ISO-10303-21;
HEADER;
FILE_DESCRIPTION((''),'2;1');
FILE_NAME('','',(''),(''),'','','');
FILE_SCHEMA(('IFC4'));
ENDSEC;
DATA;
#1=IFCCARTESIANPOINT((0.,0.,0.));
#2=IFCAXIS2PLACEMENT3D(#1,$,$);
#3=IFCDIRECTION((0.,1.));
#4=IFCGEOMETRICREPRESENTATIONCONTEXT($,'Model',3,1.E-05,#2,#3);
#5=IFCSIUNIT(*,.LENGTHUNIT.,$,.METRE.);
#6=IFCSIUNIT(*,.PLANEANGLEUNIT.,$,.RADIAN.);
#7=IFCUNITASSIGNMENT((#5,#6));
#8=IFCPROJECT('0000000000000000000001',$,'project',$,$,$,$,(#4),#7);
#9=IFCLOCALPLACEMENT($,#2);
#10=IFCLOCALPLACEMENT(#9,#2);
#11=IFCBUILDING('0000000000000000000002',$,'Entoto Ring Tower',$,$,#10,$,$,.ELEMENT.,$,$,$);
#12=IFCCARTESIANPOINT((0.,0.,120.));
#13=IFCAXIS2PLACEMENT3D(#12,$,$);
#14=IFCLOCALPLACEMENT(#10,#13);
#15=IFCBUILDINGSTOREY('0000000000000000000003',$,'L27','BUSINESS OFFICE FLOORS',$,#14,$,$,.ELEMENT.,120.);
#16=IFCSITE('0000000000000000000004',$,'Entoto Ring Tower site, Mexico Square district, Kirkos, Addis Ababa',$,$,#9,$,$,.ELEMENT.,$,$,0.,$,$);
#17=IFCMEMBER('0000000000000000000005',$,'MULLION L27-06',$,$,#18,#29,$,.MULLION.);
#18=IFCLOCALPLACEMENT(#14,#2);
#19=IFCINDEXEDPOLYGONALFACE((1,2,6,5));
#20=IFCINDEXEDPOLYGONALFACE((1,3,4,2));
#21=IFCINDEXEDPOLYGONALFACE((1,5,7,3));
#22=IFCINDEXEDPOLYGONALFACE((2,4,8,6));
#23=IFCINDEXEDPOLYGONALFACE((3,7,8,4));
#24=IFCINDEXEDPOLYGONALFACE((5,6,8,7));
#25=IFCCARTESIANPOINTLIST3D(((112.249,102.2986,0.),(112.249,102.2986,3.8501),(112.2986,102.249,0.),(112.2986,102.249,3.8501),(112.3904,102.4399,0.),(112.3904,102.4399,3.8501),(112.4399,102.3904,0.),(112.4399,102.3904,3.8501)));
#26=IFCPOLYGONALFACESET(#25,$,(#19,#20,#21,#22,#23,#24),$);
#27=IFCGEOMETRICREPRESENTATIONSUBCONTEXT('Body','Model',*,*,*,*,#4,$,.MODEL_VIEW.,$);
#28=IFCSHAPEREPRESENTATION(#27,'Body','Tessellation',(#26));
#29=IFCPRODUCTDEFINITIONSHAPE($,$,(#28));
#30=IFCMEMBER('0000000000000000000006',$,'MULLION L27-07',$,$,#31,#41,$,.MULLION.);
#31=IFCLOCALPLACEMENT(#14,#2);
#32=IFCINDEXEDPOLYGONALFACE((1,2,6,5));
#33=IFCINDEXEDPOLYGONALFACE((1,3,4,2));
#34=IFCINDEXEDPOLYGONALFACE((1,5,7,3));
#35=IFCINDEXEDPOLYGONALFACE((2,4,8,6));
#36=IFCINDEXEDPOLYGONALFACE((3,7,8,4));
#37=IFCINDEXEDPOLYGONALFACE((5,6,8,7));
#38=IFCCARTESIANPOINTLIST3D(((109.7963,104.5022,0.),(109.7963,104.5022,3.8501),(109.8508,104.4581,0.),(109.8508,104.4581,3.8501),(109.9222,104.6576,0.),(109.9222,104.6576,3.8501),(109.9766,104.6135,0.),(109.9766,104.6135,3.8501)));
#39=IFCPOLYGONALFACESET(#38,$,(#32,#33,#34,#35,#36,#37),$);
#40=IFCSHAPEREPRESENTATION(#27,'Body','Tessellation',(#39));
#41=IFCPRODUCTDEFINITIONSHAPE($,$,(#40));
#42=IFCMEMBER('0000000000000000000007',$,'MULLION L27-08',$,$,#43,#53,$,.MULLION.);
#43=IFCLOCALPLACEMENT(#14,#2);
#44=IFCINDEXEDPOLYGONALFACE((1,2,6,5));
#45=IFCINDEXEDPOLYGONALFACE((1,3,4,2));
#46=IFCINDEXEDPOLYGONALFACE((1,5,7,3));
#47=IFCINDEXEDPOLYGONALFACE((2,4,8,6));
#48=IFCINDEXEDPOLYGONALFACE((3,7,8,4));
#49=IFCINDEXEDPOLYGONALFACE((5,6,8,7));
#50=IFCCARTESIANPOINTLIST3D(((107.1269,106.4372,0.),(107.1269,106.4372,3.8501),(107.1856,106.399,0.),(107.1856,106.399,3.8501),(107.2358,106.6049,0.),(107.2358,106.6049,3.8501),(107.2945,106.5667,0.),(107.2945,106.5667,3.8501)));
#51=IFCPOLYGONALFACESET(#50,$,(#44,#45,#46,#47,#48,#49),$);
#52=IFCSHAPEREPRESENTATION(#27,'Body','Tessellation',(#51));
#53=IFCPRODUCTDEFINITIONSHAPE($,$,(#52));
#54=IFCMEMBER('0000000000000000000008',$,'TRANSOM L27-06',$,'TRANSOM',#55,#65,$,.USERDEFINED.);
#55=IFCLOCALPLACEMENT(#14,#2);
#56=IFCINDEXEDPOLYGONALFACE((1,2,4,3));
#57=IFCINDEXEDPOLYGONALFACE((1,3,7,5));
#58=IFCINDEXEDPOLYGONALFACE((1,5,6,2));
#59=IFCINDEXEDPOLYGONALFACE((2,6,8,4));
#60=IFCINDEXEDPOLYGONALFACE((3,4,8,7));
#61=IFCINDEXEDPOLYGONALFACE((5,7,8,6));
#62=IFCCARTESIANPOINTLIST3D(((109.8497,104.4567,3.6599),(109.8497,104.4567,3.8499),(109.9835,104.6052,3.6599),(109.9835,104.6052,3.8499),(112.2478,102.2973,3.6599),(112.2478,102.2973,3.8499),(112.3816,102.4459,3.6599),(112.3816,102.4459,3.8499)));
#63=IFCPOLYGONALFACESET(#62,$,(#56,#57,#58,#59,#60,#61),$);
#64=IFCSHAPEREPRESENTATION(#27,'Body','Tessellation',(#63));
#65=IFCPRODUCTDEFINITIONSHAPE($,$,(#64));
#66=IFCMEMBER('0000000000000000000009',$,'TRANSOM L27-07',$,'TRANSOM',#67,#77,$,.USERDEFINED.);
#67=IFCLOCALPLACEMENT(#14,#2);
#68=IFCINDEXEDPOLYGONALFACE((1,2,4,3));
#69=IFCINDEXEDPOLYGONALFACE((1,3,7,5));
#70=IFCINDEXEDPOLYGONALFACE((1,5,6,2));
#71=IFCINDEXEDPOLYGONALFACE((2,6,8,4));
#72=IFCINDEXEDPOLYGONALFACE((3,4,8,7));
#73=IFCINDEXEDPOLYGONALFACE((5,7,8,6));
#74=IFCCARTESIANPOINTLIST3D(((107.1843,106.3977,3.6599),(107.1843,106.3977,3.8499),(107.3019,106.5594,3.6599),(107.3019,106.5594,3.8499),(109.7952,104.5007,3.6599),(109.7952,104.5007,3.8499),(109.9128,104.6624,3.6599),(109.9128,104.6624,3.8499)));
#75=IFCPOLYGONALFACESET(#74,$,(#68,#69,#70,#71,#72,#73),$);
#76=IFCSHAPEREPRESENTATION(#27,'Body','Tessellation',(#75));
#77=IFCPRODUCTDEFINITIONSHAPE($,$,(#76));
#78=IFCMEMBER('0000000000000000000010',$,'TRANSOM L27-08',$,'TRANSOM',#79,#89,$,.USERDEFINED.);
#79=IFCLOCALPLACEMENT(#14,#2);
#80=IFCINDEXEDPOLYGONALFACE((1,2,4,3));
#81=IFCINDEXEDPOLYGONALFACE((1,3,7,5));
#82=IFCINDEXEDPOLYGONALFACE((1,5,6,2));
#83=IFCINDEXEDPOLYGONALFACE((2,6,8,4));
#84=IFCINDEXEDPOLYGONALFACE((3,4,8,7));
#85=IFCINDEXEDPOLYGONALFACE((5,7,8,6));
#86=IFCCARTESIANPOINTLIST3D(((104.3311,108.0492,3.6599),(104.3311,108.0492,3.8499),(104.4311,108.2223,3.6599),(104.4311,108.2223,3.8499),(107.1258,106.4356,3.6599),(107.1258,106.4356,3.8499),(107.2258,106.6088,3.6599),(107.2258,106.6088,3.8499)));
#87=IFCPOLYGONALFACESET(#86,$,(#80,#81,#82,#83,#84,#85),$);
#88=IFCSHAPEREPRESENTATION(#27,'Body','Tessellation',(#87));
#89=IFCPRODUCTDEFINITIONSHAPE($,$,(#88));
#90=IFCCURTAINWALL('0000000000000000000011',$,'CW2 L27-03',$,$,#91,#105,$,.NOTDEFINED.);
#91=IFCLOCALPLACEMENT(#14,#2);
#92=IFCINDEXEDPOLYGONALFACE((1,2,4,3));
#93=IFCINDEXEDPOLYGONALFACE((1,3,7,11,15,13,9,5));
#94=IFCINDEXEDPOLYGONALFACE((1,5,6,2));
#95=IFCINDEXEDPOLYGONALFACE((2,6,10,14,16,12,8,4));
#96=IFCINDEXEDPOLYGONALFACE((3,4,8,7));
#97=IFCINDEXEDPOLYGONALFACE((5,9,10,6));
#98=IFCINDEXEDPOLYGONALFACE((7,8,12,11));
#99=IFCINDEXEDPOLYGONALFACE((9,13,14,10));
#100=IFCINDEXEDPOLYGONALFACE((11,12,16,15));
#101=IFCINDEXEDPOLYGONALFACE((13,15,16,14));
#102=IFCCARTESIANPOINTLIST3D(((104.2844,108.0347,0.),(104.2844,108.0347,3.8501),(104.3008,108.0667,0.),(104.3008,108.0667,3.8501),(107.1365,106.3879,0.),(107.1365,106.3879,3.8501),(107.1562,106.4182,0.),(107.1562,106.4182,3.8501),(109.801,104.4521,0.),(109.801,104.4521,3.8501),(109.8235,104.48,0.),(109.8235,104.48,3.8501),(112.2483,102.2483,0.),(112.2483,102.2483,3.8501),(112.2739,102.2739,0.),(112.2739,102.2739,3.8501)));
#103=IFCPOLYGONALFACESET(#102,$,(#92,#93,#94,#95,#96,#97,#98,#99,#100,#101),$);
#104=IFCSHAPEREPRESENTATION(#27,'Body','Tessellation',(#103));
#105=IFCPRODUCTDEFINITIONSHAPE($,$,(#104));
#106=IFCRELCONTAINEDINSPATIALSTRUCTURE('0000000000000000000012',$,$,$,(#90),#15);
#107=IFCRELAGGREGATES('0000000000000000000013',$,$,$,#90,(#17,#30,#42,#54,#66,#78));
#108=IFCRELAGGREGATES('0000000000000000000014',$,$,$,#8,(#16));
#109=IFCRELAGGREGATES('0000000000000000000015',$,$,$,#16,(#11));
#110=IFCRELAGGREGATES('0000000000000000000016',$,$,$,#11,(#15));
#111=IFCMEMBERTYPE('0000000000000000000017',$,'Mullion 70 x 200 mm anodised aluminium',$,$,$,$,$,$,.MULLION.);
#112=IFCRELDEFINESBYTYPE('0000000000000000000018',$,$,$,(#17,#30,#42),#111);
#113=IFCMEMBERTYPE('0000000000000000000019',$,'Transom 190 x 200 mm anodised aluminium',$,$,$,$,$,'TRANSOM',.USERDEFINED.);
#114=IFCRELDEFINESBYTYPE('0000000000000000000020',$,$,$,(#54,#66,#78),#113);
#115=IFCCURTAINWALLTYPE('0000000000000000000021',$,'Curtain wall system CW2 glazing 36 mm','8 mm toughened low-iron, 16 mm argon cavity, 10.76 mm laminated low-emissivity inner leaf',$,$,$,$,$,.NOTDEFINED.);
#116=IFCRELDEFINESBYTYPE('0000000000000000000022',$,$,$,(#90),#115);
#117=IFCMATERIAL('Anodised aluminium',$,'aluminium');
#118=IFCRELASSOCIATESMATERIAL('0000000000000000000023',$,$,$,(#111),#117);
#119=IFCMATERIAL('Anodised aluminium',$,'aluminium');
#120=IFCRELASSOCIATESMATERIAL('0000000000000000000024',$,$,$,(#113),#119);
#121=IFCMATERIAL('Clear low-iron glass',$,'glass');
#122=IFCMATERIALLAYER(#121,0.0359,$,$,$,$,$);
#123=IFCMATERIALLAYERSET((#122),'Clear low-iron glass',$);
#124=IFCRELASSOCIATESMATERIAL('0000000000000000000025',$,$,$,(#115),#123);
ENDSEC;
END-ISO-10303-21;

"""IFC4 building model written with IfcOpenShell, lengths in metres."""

from ifc_helpers import new_model, si_unit, direction, frame, origin, origin_2d, place, context, subcontext, project, spatial, polyline, rectangle, outline, extrude, material, layer, layer_set, material_profile, profile_set, type_object, element, aggregate, save


model = new_model("IFC4")

# Units and contexts
model_context = context("Model", 3, precision=1e-05, world=origin(), true_north=direction((0.0, 1.0)))
body_context = subcontext(model_context, "Body", "Model", "MODEL_VIEW")
ifc_project = project(units=[si_unit("LENGTHUNIT", "METRE"), si_unit("PLANEANGLEUNIT", "RADIAN")], contexts=[model_context])

# Members
ifc_material_1 = material(Name="Anodised aluminium", Category="aluminium")
ifc_material_profile_1 = material_profile(ifc_material_1, rectangle(XDim=0.0701, YDim=0.2, at=origin_2d()), Name="Mullion 70 x 200 mm anodised aluminium")
ifc_profile_set_1 = profile_set([ifc_material_profile_1], Name="Anodised aluminium")
member_type_1 = type_object("IfcMemberType", Name="Mullion 70 x 200 mm anodised aluminium", PredefinedType="MULLION", material=ifc_profile_set_1)
site_placement = place(None, origin())
building_placement = place(site_placement, origin())
storey_placement = place(building_placement, frame((0.0, 0.0, 120.0)))
member_1_placement = place(storey_placement, frame((112.3445, 102.3445, 0.0), z_axis=(0.0, 0.0, 1.0), x_axis=(-0.707107, 0.707107, 0.0)))
member_1 = element("IfcMember", 1, at=member_1_placement, type_object=member_type_1, Name="MULLION L27-06", PredefinedType="MULLION", context=body_context, shape_type="SweptSolid", body=[
    extrude(rectangle(XDim=0.0701, YDim=0.2, at=origin_2d()), origin(), (0.0, 0.0, 1.0), 3.8501),
])
member_2_placement = place(storey_placement, frame((109.8865, 104.5579, 0.0), z_axis=(0.0, 0.0, 1.0), x_axis=(-0.777146, 0.62932, 0.0)))
member_2 = element("IfcMember", 2, at=member_2_placement, type_object=member_type_1, Name="MULLION L27-07", PredefinedType="MULLION", context=body_context, shape_type="SweptSolid", body=[
    extrude(rectangle(XDim=0.0701, YDim=0.2, at=origin_2d()), origin(), (0.0, 0.0, 1.0), 3.8501),
])
member_3_placement = place(storey_placement, frame((107.2107, 106.502, 0.0), z_axis=(0.0, 0.0, 1.0), x_axis=(-0.838671, 0.544639, 0.0)))
member_3 = element("IfcMember", 3, at=member_3_placement, type_object=member_type_1, Name="MULLION L27-08", PredefinedType="MULLION", context=body_context, shape_type="SweptSolid", body=[
    extrude(rectangle(XDim=0.0701, YDim=0.2, at=origin_2d()), origin(), (0.0, 0.0, 1.0), 3.8501),
])
ifc_material_2 = material(Name="Anodised aluminium", Category="aluminium")
ifc_material_profile_2 = material_profile(ifc_material_2, rectangle(XDim=0.2, YDim=0.1899, at=origin_2d()), Name="Transom 190 x 200 mm anodised aluminium")
ifc_profile_set_2 = profile_set([ifc_material_profile_2], Name="Anodised aluminium")
member_type_2 = type_object("IfcMemberType", Name="Transom 190 x 200 mm anodised aluminium", ElementType="TRANSOM", PredefinedType="USERDEFINED", material=ifc_profile_set_2)
member_4_placement = place(storey_placement, frame((112.3147, 102.3716, 3.7549), z_axis=(-0.743132, 0.669144, 0.0), x_axis=(-0.669144, -0.743132, 0.0)))
member_4 = element("IfcMember", 4, at=member_4_placement, type_object=member_type_2, Name="TRANSOM L27-06", ObjectType="TRANSOM", PredefinedType="USERDEFINED", context=body_context, shape_type="SweptSolid", body=[
    extrude(rectangle(XDim=0.2, YDim=0.1899, at=origin_2d()), origin(), (0.0, 0.0, 1.0), 3.2271),
])
member_5_placement = place(storey_placement, frame((109.854, 104.5815, 3.7549), z_axis=(-0.809004, 0.587803, 0.0), x_axis=(-0.587803, -0.809004, 0.0)))
member_5 = element("IfcMember", 5, at=member_5_placement, type_object=member_type_2, Name="TRANSOM L27-07", ObjectType="TRANSOM", PredefinedType="USERDEFINED", context=body_context, shape_type="SweptSolid", body=[
    extrude(rectangle(XDim=0.2, YDim=0.1899, at=origin_2d()), origin(), (0.0, 0.0, 1.0), 3.2273),
])
member_6_placement = place(storey_placement, frame((107.1758, 106.5222, 3.7549), z_axis=(-0.866023, 0.500004, 0.0), x_axis=(-0.500004, -0.866023, 0.0)))
member_6 = element("IfcMember", 6, at=member_6_placement, type_object=member_type_2, Name="TRANSOM L27-08", ObjectType="TRANSOM", PredefinedType="USERDEFINED", context=body_context, shape_type="SweptSolid", body=[
    extrude(rectangle(XDim=0.2, YDim=0.1899, at=origin_2d()), origin(), (0.0, 0.0, 1.0), 3.2271),
])

# Site, building, storey
site = spatial("IfcSite", under=ifc_project, at=site_placement, Name="Entoto Ring Tower site, Mexico Square district, Kirkos, Addis Ababa", CompositionType="ELEMENT", RefElevation=0.0)
building = spatial("IfcBuilding", under=site, at=building_placement, Name="Entoto Ring Tower", CompositionType="ELEMENT")
storey = spatial("IfcBuildingStorey", under=building, at=storey_placement, Name="L27", Description="BUSINESS OFFICE FLOORS", CompositionType="ELEMENT", Elevation=120.0)

# Curtain wall
ifc_material_3 = material(Name="Clear low-iron glass", Category="glass")
ifc_layer = layer(ifc_material_3, 0.0359)
ifc_layer_set = layer_set([ifc_layer], Name="Clear low-iron glass")
curtain_wall_type = type_object("IfcCurtainWallType", Name="Curtain wall system CW2 glazing 36 mm", Description="8 mm toughened low-iron, 16 mm argon cavity, 10.76 mm laminated low-emissivity inner leaf", PredefinedType="NOTDEFINED", material=ifc_layer_set)
curtain_wall_1_placement = place(storey_placement, origin())
curtain_wall_1 = element("IfcCurtainWall", 7, at=curtain_wall_1_placement, inside=storey, type_object=curtain_wall_type, Name="CW2 L27-03", PredefinedType="NOTDEFINED", context=body_context, shape_type="SweptSolid", body=[
    extrude(outline(polyline([(112.2739, 102.2739), (109.8235, 104.48), (107.1562, 106.4182), (104.3008, 108.0667), (104.2844, 108.0347), (107.1365, 106.3879), (109.801, 104.4521), (112.2483, 102.2483), (112.2739, 102.2739)])), origin(), (0.0, 0.0, 1.0), 3.8501),
])
aggregate(curtain_wall_1, [member_1, member_2, member_3, member_4, member_5, member_6])

save(model, "model.ifc")
